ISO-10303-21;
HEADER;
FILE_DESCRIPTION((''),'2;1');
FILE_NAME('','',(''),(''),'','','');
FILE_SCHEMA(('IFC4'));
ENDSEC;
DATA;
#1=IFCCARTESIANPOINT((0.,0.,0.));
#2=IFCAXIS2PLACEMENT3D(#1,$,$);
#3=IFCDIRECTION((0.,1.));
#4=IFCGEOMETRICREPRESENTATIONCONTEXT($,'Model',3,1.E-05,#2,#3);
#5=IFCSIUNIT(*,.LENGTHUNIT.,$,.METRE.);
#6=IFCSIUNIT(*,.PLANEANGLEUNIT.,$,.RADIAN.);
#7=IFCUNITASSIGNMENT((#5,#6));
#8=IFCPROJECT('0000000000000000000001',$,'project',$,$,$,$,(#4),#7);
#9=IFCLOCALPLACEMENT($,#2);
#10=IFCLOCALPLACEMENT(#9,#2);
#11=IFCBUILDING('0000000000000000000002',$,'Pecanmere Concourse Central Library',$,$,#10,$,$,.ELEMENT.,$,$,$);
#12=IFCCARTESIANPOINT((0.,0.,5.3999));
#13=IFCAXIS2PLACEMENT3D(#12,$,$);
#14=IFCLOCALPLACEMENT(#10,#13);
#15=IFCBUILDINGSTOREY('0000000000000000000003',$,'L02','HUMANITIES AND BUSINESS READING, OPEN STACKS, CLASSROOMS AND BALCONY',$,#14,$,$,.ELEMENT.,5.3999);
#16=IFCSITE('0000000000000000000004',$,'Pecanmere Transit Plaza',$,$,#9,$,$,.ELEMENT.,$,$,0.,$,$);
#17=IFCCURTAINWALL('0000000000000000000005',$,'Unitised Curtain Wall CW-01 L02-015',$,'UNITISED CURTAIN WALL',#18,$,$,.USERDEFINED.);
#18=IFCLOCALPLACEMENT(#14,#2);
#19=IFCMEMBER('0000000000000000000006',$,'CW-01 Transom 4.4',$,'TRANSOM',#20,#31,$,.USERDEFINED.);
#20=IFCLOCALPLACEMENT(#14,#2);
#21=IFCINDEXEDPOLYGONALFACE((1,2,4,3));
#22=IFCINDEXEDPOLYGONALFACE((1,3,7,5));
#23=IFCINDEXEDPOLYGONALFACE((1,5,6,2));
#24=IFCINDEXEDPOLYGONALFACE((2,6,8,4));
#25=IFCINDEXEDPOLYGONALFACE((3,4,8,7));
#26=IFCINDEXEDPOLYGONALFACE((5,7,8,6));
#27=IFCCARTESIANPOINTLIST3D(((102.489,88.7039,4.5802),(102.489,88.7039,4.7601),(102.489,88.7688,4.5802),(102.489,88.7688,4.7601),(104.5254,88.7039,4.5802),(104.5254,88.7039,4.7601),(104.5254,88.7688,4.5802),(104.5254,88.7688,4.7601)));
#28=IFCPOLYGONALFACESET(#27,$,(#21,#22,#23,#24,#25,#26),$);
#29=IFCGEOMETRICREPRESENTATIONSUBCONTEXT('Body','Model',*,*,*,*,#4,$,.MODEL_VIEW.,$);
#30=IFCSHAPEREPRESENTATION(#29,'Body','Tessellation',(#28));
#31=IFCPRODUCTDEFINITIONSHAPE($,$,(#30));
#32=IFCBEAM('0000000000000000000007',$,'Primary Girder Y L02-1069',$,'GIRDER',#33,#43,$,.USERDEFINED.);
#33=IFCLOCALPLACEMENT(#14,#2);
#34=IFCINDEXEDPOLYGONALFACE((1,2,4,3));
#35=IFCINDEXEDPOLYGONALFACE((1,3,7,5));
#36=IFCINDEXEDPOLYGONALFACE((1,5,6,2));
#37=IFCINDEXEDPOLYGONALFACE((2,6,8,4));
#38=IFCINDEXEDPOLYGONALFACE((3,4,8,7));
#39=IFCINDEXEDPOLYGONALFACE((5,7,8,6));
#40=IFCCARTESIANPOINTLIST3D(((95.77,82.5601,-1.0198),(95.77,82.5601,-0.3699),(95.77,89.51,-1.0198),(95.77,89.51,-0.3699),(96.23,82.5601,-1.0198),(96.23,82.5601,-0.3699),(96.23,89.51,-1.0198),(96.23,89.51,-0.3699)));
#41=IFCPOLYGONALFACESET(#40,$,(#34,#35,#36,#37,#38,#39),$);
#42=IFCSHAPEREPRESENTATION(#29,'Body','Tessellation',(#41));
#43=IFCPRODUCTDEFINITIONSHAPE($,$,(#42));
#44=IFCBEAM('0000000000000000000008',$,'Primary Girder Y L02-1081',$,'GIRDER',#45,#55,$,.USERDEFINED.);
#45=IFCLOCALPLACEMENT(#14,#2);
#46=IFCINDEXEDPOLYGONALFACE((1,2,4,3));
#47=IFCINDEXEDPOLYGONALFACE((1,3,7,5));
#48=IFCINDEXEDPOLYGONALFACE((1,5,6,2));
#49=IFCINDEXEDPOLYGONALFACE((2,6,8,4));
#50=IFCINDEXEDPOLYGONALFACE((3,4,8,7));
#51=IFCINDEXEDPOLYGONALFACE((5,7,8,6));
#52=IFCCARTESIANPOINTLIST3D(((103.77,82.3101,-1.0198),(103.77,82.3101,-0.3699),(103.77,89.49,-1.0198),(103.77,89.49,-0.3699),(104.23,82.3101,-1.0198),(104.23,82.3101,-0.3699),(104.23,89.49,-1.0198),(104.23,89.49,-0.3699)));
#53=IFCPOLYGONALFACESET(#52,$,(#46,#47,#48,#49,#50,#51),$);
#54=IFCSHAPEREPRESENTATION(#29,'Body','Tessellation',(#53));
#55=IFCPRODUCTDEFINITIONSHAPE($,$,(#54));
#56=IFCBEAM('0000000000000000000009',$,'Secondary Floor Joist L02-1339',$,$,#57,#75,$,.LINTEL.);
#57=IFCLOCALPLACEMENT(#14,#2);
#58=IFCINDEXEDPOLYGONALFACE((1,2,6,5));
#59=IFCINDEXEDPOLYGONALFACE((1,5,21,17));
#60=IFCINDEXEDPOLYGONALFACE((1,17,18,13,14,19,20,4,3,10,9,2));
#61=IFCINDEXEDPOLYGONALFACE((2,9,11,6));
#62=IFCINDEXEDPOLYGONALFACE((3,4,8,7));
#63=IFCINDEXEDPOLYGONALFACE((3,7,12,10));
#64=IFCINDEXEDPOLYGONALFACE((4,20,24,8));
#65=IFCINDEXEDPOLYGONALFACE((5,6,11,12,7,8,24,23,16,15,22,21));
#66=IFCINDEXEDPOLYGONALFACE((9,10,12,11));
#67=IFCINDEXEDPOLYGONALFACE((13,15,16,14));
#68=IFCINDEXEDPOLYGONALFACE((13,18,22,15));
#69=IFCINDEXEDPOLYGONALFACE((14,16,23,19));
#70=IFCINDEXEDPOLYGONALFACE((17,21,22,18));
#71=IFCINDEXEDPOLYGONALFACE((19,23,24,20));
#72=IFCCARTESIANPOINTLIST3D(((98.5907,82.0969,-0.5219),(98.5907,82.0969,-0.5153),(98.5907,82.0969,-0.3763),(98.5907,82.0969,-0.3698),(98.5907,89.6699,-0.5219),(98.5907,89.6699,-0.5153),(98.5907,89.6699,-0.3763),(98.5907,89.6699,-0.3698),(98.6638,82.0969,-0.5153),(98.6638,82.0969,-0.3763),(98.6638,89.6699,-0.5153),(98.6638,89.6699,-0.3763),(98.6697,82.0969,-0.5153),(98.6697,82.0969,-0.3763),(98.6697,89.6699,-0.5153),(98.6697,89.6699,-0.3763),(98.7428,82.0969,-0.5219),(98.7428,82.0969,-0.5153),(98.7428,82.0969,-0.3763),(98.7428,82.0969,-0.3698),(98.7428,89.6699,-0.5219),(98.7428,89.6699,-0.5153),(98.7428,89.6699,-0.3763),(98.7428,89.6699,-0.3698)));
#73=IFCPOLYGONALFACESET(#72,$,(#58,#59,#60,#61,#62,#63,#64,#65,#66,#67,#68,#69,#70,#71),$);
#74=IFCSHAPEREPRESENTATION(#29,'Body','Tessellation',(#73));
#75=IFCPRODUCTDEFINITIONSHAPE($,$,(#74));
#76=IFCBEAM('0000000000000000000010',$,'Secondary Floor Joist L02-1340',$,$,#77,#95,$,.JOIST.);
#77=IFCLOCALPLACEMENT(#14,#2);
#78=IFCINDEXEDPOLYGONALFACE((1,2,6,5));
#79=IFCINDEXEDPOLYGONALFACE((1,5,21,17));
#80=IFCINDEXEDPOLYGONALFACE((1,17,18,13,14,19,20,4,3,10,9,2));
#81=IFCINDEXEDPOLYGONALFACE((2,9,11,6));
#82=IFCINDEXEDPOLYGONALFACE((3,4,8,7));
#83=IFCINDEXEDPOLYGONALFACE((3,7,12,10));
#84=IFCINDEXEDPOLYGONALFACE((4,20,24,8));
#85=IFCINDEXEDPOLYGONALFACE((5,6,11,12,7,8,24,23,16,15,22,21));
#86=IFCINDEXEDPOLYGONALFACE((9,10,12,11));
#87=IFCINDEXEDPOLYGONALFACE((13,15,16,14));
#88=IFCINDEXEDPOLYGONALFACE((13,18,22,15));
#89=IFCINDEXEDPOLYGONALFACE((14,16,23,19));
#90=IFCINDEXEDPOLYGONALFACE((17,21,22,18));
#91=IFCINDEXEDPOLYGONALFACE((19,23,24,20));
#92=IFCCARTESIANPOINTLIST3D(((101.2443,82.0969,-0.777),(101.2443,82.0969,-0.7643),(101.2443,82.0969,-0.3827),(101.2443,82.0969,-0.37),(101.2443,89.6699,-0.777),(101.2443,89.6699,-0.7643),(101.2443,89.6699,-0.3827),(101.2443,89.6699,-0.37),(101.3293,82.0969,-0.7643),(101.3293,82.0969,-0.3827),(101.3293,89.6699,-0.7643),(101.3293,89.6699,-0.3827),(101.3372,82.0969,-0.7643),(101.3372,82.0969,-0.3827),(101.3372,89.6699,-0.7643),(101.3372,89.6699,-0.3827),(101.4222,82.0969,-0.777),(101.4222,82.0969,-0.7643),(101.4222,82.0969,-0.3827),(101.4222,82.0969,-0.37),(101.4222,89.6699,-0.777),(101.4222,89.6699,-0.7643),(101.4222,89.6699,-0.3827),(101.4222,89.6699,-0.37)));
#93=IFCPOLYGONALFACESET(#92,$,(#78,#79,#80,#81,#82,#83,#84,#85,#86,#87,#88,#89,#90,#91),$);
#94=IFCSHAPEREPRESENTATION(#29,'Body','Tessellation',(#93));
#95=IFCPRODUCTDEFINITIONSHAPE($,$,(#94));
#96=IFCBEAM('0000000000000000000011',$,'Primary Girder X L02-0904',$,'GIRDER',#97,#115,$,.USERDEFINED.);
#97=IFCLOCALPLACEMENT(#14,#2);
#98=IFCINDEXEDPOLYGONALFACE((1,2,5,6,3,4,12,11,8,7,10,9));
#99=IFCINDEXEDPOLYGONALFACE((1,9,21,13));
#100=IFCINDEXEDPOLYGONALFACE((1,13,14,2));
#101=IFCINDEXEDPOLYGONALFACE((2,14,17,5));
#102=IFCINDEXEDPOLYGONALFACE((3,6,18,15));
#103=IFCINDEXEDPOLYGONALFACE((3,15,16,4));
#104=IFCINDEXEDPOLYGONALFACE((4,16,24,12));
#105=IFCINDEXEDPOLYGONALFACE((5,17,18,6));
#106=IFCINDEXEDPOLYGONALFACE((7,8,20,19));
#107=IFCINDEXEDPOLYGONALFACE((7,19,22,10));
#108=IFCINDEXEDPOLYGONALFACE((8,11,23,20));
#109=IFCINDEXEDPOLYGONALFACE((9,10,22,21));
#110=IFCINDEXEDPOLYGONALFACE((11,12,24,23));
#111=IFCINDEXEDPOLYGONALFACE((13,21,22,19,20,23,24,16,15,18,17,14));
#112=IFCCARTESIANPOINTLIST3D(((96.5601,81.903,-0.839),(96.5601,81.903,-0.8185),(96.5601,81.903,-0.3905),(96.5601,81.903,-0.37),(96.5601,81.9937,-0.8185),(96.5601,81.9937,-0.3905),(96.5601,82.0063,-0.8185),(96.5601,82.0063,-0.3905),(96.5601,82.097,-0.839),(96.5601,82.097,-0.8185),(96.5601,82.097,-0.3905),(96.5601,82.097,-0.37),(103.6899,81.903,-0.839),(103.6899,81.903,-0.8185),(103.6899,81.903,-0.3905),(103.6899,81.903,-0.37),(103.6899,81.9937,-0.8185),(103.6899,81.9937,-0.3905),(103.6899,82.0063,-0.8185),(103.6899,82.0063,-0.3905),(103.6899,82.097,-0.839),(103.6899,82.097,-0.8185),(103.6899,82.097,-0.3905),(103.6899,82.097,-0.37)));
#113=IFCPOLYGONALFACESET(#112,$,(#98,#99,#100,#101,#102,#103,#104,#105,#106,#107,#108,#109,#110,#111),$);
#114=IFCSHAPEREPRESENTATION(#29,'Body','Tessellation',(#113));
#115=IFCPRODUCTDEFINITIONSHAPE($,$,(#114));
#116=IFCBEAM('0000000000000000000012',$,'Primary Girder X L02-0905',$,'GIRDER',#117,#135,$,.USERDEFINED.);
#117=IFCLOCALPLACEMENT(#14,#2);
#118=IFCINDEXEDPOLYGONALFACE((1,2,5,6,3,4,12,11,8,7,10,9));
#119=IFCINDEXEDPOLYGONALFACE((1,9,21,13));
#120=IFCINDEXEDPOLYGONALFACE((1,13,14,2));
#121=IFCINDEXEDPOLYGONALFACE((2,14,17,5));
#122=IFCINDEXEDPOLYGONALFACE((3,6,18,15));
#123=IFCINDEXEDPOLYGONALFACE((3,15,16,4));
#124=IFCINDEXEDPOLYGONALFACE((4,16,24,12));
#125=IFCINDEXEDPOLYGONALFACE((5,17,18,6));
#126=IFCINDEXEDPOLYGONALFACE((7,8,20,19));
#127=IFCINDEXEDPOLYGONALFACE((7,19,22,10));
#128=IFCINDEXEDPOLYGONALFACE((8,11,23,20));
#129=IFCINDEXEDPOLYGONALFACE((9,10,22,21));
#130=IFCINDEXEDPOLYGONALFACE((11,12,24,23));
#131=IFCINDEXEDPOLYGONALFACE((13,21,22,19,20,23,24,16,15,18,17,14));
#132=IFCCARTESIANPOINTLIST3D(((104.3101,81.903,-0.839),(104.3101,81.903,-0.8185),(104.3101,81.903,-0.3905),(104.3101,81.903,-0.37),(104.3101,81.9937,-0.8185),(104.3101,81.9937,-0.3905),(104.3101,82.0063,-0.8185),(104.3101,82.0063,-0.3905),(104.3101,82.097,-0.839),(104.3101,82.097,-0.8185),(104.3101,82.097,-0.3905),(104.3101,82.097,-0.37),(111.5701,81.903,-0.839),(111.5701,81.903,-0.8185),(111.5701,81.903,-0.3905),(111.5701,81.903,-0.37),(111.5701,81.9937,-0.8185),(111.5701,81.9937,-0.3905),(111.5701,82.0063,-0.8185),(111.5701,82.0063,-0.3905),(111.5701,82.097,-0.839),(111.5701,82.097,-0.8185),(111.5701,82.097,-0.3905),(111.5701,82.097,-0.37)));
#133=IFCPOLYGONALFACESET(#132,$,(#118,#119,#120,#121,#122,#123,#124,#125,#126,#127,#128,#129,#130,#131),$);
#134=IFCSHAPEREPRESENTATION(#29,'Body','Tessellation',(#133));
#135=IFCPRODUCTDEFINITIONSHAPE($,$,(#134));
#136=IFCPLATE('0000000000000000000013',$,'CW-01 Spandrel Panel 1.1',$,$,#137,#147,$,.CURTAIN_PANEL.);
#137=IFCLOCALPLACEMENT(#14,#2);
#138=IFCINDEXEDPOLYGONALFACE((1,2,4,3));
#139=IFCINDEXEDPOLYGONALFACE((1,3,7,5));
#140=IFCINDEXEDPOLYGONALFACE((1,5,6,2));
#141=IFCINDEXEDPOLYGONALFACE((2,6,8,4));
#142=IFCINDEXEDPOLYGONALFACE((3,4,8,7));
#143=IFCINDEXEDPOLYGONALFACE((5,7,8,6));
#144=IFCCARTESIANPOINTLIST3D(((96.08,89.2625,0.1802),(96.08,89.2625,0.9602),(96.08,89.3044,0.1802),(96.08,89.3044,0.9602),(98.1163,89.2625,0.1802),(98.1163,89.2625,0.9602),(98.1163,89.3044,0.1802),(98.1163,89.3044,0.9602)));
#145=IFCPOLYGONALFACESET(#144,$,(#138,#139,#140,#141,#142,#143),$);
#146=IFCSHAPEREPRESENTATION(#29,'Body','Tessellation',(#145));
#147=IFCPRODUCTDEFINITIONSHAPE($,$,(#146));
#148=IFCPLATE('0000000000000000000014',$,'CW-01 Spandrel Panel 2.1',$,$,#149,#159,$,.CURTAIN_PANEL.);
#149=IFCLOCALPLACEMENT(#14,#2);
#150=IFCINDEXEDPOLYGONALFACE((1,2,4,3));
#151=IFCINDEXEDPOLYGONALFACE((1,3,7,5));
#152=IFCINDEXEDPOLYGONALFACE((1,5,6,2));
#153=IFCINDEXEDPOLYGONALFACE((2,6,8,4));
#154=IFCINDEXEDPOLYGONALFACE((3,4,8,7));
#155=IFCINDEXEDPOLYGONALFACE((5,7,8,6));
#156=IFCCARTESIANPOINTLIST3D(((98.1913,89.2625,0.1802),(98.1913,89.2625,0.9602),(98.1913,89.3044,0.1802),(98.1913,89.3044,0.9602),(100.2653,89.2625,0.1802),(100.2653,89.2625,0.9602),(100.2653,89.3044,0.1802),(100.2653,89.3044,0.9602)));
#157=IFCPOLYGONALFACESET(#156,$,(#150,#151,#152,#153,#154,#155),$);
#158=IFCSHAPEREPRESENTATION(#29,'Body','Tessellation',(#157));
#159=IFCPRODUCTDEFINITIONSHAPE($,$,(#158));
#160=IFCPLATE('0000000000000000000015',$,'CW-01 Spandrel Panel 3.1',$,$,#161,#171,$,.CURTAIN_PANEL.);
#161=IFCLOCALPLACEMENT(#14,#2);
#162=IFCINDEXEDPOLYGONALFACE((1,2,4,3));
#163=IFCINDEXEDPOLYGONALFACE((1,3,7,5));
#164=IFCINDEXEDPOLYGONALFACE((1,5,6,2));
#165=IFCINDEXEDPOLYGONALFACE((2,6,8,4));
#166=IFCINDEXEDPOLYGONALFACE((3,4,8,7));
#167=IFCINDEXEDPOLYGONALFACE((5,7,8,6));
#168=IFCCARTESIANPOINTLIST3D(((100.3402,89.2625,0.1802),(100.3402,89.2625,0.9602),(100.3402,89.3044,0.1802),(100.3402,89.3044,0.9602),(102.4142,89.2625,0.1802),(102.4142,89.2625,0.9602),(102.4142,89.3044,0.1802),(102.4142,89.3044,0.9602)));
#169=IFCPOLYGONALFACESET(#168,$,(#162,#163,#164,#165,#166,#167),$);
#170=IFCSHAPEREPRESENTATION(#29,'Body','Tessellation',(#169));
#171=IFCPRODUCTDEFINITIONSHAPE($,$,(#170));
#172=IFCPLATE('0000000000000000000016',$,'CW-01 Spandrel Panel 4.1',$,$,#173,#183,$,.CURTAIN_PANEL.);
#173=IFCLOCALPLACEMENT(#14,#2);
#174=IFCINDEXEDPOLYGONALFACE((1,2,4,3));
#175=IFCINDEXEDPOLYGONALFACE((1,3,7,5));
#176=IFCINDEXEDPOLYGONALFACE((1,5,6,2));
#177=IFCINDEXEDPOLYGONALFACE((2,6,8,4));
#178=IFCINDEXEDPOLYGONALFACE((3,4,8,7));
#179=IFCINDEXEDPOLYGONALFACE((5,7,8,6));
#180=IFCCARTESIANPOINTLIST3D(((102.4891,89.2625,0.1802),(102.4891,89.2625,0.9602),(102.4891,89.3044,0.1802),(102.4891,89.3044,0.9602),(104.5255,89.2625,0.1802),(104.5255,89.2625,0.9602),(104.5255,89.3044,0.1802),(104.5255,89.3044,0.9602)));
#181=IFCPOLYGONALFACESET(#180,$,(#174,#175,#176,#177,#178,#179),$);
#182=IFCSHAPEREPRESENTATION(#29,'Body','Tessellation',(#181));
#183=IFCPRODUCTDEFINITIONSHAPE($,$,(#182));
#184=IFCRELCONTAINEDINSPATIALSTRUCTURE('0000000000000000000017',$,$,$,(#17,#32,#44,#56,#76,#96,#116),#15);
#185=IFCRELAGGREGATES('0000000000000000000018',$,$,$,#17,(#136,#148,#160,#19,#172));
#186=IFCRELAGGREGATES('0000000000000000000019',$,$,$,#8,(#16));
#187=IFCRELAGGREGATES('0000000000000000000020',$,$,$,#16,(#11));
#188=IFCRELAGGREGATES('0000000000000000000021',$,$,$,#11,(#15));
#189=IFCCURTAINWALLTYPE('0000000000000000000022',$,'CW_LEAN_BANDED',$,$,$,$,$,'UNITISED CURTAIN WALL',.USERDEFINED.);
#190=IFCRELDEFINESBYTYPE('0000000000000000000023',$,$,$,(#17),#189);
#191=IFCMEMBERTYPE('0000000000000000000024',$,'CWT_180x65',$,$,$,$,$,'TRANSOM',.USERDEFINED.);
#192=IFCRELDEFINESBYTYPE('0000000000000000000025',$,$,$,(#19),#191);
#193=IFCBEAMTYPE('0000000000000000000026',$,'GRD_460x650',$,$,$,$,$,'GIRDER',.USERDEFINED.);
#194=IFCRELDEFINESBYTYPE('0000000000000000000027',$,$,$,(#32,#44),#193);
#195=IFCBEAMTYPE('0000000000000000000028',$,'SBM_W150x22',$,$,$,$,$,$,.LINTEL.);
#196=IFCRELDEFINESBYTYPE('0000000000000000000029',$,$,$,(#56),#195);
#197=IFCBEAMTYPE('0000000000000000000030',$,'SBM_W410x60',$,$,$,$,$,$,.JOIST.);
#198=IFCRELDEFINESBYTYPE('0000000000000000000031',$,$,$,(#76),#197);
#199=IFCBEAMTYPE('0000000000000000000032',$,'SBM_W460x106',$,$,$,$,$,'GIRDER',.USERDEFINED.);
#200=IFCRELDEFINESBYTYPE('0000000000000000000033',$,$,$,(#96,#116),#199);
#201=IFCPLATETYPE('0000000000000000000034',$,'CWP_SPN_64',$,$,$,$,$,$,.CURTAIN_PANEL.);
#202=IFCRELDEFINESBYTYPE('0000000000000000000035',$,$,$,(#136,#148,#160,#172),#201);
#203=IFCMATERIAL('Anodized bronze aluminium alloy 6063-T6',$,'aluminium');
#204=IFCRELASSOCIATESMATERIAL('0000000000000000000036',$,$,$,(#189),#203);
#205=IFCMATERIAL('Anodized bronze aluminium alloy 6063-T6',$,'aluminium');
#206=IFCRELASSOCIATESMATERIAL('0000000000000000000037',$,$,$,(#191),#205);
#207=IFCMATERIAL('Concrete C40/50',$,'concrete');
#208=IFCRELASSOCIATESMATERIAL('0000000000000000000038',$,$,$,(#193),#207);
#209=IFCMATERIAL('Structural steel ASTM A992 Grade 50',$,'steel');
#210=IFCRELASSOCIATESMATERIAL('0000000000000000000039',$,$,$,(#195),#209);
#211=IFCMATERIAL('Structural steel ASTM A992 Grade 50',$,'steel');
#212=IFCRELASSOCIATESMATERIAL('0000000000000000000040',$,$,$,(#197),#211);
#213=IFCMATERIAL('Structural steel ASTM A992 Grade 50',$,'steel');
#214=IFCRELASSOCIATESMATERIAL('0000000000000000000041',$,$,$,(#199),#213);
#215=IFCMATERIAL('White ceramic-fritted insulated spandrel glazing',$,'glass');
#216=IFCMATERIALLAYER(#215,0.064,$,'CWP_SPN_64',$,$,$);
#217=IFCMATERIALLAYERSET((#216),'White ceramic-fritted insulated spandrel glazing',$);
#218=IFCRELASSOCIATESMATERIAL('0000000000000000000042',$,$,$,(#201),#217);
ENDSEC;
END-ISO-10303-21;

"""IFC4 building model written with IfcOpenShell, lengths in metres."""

from ifc_helpers import new_model, si_unit, direction, frame, origin, origin_2d, place, context, subcontext, project, spatial, rectangle, i_section, extrude, material, layer, layer_set, material_profile, profile_set, type_object, element, aggregate, save


model = new_model("IFC4")

# Units and contexts
model_context = context("Model", 3, precision=1e-05, world=origin(), true_north=direction((0.0, 1.0)))
body_context = subcontext(model_context, "Body", "Model", "MODEL_VIEW")
ifc_project = project(units=[si_unit("LENGTHUNIT", "METRE"), si_unit("PLANEANGLEUNIT", "RADIAN")], contexts=[model_context])

# Site, building, storey
site_placement = place(None, origin())
site = spatial("IfcSite", under=ifc_project, at=site_placement, Name="Pecanmere Transit Plaza", CompositionType="ELEMENT", RefElevation=0.0)
building_placement = place(site_placement, origin())
building = spatial("IfcBuilding", under=site, at=building_placement, Name="Pecanmere Concourse Central Library", CompositionType="ELEMENT")
storey_placement = place(building_placement, frame((0.0, 0.0, 5.3999)))
storey = spatial("IfcBuildingStorey", under=building, at=storey_placement, Name="L02", Description="HUMANITIES AND BUSINESS READING, OPEN STACKS, CLASSROOMS AND BALCONY", CompositionType="ELEMENT", Elevation=5.3999)

# Curtain wall, member
ifc_material_1 = material(Name="Anodized bronze aluminium alloy 6063-T6", Category="aluminium")
curtain_wall_type = type_object("IfcCurtainWallType", Name="CW_LEAN_BANDED", ElementType="UNITISED CURTAIN WALL", PredefinedType="USERDEFINED", material=ifc_material_1)
curtain_wall_placement = place(storey_placement, origin())
curtain_wall = element("IfcCurtainWall", 1, at=curtain_wall_placement, inside=storey, type_object=curtain_wall_type, Name="Unitised Curtain Wall CW-01 L02-015", ObjectType="UNITISED CURTAIN WALL", PredefinedType="USERDEFINED")
ifc_material_2 = material(Name="Anodized bronze aluminium alloy 6063-T6", Category="aluminium")
ifc_material_profile_1 = material_profile(ifc_material_2, rectangle(XDim=0.0649, YDim=0.1799, at=origin_2d()), Name="AL 65x180")
ifc_profile_set_1 = profile_set([ifc_material_profile_1], Name="Anodized bronze aluminium alloy 6063-T6")
member_type = type_object("IfcMemberType", Name="CWT_180x65", ElementType="TRANSOM", PredefinedType="USERDEFINED", material=ifc_profile_set_1)
member_1_placement = place(storey_placement, frame((102.489, 88.7363, 4.6702), z_axis=(1.0, 0.0, 0.0), x_axis=(0.0, 1.0, 0.0)))
member_1 = element("IfcMember", 2, at=member_1_placement, type_object=member_type, Name="CW-01 Transom 4.4", ObjectType="TRANSOM", PredefinedType="USERDEFINED", context=body_context, shape_type="SweptSolid", body=[
    extrude(rectangle(XDim=0.0649, YDim=0.1799, at=origin_2d()), origin(), (0.0, 0.0, 1.0), 2.0364),
])

# Beams
ifc_material_3 = material(Name="Concrete C40/50", Category="concrete")
ifc_material_profile_2 = material_profile(ifc_material_3, rectangle(XDim=0.46, YDim=0.6499, at=origin_2d()), Name="RC 460x650")
ifc_profile_set_2 = profile_set([ifc_material_profile_2], Name="Concrete C40/50")
beam_type_1 = type_object("IfcBeamType", Name="GRD_460x650", ElementType="GIRDER", PredefinedType="USERDEFINED", material=ifc_profile_set_2)
beam_1_placement = place(storey_placement, frame((96.0, 82.5601, -0.6948), z_axis=(0.0, 1.0, 0.0), x_axis=(-1.0, 0.0, 0.0)))
element("IfcBeam", 3, at=beam_1_placement, inside=storey, type_object=beam_type_1, Name="Primary Girder Y L02-1069", ObjectType="GIRDER", PredefinedType="USERDEFINED", context=body_context, shape_type="SweptSolid", body=[
    extrude(rectangle(XDim=0.46, YDim=0.6499, at=origin_2d()), origin(), (0.0, 0.0, 1.0), 6.95),
])
beam_2_placement = place(storey_placement, frame((104.0, 82.3101, -0.6948), z_axis=(0.0, 1.0, 0.0), x_axis=(-1.0, 0.0, 0.0)))
element("IfcBeam", 4, at=beam_2_placement, inside=storey, type_object=beam_type_1, Name="Primary Girder Y L02-1081", ObjectType="GIRDER", PredefinedType="USERDEFINED", context=body_context, shape_type="SweptSolid", body=[
    extrude(rectangle(XDim=0.46, YDim=0.6499, at=origin_2d()), origin(), (0.0, 0.0, 1.0), 7.1799),
])
ifc_material_4 = material(Name="Structural steel ASTM A992 Grade 50", Category="steel")
ifc_material_profile_3 = material_profile(ifc_material_4, i_section(OverallWidth=0.1521, OverallDepth=0.1521, WebThickness=0.0059, FlangeThickness=0.0066, at=origin_2d()), Name="W150x22.5")
ifc_profile_set_3 = profile_set([ifc_material_profile_3], Name="Structural steel ASTM A992 Grade 50")
beam_type_2 = type_object("IfcBeamType", Name="SBM_W150x22", PredefinedType="LINTEL", material=ifc_profile_set_3)
beam_3_placement = place(storey_placement, frame((98.6667, 82.0969, -0.4458), z_axis=(0.0, 1.0, 0.0), x_axis=(-1.0, 0.0, 0.0)))
element("IfcBeam", 5, at=beam_3_placement, inside=storey, type_object=beam_type_2, Name="Secondary Floor Joist L02-1339", PredefinedType="LINTEL", context=body_context, shape_type="SweptSolid", body=[
    extrude(i_section(OverallWidth=0.1521, OverallDepth=0.1521, WebThickness=0.0059, FlangeThickness=0.0066, at=origin_2d()), origin(), (0.0, 0.0, 1.0), 7.573),
])
ifc_material_5 = material(Name="Structural steel ASTM A992 Grade 50", Category="steel")
ifc_material_profile_4 = material_profile(ifc_material_5, i_section(OverallWidth=0.178, OverallDepth=0.407, WebThickness=0.0078, FlangeThickness=0.0127, at=origin_2d()), Name="W410x60")
ifc_profile_set_4 = profile_set([ifc_material_profile_4], Name="Structural steel ASTM A992 Grade 50")
beam_type_3 = type_object("IfcBeamType", Name="SBM_W410x60", PredefinedType="JOIST", material=ifc_profile_set_4)
beam_4_placement = place(storey_placement, frame((101.3333, 82.0969, -0.5735), z_axis=(0.0, 1.0, 0.0), x_axis=(-1.0, 0.0, 0.0)))
element("IfcBeam", 6, at=beam_4_placement, inside=storey, type_object=beam_type_3, Name="Secondary Floor Joist L02-1340", PredefinedType="JOIST", context=body_context, shape_type="SweptSolid", body=[
    extrude(i_section(OverallWidth=0.178, OverallDepth=0.407, WebThickness=0.0078, FlangeThickness=0.0127, at=origin_2d()), origin(), (0.0, 0.0, 1.0), 7.573),
])
ifc_material_6 = material(Name="Structural steel ASTM A992 Grade 50", Category="steel")
ifc_material_profile_5 = material_profile(ifc_material_6, i_section(OverallWidth=0.1941, OverallDepth=0.469, WebThickness=0.0127, FlangeThickness=0.0205, at=origin_2d()), Name="W460x106")
ifc_profile_set_5 = profile_set([ifc_material_profile_5], Name="Structural steel ASTM A992 Grade 50")
beam_type_4 = type_object("IfcBeamType", Name="SBM_W460x106", ElementType="GIRDER", PredefinedType="USERDEFINED", material=ifc_profile_set_5)
beam_5_placement = place(storey_placement, frame((96.5601, 82.0, -0.6045), z_axis=(1.0, 0.0, 0.0), x_axis=(0.0, 1.0, 0.0)))
element("IfcBeam", 7, at=beam_5_placement, inside=storey, type_object=beam_type_4, Name="Primary Girder X L02-0904", ObjectType="GIRDER", PredefinedType="USERDEFINED", context=body_context, shape_type="SweptSolid", body=[
    extrude(i_section(OverallWidth=0.1941, OverallDepth=0.469, WebThickness=0.0127, FlangeThickness=0.0205, at=origin_2d()), origin(), (0.0, 0.0, 1.0), 7.1299),
])
beam_6_placement = place(storey_placement, frame((104.3101, 82.0, -0.6045), z_axis=(1.0, 0.0, 0.0), x_axis=(0.0, 1.0, 0.0)))
element("IfcBeam", 8, at=beam_6_placement, inside=storey, type_object=beam_type_4, Name="Primary Girder X L02-0905", ObjectType="GIRDER", PredefinedType="USERDEFINED", context=body_context, shape_type="SweptSolid", body=[
    extrude(i_section(OverallWidth=0.1941, OverallDepth=0.469, WebThickness=0.0127, FlangeThickness=0.0205, at=origin_2d()), origin(), (0.0, 0.0, 1.0), 7.26),
])

# Plates
ifc_material_7 = material(Name="White ceramic-fritted insulated spandrel glazing", Category="glass")
ifc_layer_1 = layer(ifc_material_7, 0.064, Name="CWP_SPN_64")
ifc_layer_set_1 = layer_set([ifc_layer_1], Name="White ceramic-fritted insulated spandrel glazing")
plate_type_1 = type_object("IfcPlateType", Name="CWP_SPN_64", PredefinedType="CURTAIN_PANEL", material=ifc_layer_set_1)
plate_1_placement = place(storey_placement, frame((97.0981, 89.2834, 0.1802), z_axis=(0.0, 0.0, 1.0), x_axis=(1.0, 0.0, 0.0)))
plate_1 = element("IfcPlate", 9, at=plate_1_placement, type_object=plate_type_1, Name="CW-01 Spandrel Panel 1.1", PredefinedType="CURTAIN_PANEL", context=body_context, shape_type="SweptSolid", body=[
    extrude(rectangle(XDim=2.0364, YDim=0.042, at=origin_2d()), origin(), (0.0, 0.0, 1.0), 0.78),
])
plate_2_placement = place(storey_placement, frame((99.2283, 89.2834, 0.1802), z_axis=(0.0, 0.0, 1.0), x_axis=(1.0, 0.0, 0.0)))
plate_2 = element("IfcPlate", 10, at=plate_2_placement, type_object=plate_type_1, Name="CW-01 Spandrel Panel 2.1", PredefinedType="CURTAIN_PANEL", context=body_context, shape_type="SweptSolid", body=[
    extrude(rectangle(XDim=2.074, YDim=0.042, at=origin_2d()), origin(), (0.0, 0.0, 1.0), 0.78),
])
plate_3_placement = place(storey_placement, frame((101.3772, 89.2834, 0.1802), z_axis=(0.0, 0.0, 1.0), x_axis=(1.0, 0.0, 0.0)))
plate_3 = element("IfcPlate", 11, at=plate_3_placement, type_object=plate_type_1, Name="CW-01 Spandrel Panel 3.1", PredefinedType="CURTAIN_PANEL", context=body_context, shape_type="SweptSolid", body=[
    extrude(rectangle(XDim=2.074, YDim=0.042, at=origin_2d()), origin(), (0.0, 0.0, 1.0), 0.78),
])
plate_4_placement = place(storey_placement, frame((103.5073, 89.2834, 0.1802), z_axis=(0.0, 0.0, 1.0), x_axis=(1.0, 0.0, 0.0)))
plate_4 = element("IfcPlate", 12, at=plate_4_placement, type_object=plate_type_1, Name="CW-01 Spandrel Panel 4.1", PredefinedType="CURTAIN_PANEL", context=body_context, shape_type="SweptSolid", body=[
    extrude(rectangle(XDim=2.0364, YDim=0.042, at=origin_2d()), origin(), (0.0, 0.0, 1.0), 0.78),
])
aggregate(curtain_wall, [plate_1, plate_2, plate_3, member_1, plate_4])

save(model, "model.ifc")
